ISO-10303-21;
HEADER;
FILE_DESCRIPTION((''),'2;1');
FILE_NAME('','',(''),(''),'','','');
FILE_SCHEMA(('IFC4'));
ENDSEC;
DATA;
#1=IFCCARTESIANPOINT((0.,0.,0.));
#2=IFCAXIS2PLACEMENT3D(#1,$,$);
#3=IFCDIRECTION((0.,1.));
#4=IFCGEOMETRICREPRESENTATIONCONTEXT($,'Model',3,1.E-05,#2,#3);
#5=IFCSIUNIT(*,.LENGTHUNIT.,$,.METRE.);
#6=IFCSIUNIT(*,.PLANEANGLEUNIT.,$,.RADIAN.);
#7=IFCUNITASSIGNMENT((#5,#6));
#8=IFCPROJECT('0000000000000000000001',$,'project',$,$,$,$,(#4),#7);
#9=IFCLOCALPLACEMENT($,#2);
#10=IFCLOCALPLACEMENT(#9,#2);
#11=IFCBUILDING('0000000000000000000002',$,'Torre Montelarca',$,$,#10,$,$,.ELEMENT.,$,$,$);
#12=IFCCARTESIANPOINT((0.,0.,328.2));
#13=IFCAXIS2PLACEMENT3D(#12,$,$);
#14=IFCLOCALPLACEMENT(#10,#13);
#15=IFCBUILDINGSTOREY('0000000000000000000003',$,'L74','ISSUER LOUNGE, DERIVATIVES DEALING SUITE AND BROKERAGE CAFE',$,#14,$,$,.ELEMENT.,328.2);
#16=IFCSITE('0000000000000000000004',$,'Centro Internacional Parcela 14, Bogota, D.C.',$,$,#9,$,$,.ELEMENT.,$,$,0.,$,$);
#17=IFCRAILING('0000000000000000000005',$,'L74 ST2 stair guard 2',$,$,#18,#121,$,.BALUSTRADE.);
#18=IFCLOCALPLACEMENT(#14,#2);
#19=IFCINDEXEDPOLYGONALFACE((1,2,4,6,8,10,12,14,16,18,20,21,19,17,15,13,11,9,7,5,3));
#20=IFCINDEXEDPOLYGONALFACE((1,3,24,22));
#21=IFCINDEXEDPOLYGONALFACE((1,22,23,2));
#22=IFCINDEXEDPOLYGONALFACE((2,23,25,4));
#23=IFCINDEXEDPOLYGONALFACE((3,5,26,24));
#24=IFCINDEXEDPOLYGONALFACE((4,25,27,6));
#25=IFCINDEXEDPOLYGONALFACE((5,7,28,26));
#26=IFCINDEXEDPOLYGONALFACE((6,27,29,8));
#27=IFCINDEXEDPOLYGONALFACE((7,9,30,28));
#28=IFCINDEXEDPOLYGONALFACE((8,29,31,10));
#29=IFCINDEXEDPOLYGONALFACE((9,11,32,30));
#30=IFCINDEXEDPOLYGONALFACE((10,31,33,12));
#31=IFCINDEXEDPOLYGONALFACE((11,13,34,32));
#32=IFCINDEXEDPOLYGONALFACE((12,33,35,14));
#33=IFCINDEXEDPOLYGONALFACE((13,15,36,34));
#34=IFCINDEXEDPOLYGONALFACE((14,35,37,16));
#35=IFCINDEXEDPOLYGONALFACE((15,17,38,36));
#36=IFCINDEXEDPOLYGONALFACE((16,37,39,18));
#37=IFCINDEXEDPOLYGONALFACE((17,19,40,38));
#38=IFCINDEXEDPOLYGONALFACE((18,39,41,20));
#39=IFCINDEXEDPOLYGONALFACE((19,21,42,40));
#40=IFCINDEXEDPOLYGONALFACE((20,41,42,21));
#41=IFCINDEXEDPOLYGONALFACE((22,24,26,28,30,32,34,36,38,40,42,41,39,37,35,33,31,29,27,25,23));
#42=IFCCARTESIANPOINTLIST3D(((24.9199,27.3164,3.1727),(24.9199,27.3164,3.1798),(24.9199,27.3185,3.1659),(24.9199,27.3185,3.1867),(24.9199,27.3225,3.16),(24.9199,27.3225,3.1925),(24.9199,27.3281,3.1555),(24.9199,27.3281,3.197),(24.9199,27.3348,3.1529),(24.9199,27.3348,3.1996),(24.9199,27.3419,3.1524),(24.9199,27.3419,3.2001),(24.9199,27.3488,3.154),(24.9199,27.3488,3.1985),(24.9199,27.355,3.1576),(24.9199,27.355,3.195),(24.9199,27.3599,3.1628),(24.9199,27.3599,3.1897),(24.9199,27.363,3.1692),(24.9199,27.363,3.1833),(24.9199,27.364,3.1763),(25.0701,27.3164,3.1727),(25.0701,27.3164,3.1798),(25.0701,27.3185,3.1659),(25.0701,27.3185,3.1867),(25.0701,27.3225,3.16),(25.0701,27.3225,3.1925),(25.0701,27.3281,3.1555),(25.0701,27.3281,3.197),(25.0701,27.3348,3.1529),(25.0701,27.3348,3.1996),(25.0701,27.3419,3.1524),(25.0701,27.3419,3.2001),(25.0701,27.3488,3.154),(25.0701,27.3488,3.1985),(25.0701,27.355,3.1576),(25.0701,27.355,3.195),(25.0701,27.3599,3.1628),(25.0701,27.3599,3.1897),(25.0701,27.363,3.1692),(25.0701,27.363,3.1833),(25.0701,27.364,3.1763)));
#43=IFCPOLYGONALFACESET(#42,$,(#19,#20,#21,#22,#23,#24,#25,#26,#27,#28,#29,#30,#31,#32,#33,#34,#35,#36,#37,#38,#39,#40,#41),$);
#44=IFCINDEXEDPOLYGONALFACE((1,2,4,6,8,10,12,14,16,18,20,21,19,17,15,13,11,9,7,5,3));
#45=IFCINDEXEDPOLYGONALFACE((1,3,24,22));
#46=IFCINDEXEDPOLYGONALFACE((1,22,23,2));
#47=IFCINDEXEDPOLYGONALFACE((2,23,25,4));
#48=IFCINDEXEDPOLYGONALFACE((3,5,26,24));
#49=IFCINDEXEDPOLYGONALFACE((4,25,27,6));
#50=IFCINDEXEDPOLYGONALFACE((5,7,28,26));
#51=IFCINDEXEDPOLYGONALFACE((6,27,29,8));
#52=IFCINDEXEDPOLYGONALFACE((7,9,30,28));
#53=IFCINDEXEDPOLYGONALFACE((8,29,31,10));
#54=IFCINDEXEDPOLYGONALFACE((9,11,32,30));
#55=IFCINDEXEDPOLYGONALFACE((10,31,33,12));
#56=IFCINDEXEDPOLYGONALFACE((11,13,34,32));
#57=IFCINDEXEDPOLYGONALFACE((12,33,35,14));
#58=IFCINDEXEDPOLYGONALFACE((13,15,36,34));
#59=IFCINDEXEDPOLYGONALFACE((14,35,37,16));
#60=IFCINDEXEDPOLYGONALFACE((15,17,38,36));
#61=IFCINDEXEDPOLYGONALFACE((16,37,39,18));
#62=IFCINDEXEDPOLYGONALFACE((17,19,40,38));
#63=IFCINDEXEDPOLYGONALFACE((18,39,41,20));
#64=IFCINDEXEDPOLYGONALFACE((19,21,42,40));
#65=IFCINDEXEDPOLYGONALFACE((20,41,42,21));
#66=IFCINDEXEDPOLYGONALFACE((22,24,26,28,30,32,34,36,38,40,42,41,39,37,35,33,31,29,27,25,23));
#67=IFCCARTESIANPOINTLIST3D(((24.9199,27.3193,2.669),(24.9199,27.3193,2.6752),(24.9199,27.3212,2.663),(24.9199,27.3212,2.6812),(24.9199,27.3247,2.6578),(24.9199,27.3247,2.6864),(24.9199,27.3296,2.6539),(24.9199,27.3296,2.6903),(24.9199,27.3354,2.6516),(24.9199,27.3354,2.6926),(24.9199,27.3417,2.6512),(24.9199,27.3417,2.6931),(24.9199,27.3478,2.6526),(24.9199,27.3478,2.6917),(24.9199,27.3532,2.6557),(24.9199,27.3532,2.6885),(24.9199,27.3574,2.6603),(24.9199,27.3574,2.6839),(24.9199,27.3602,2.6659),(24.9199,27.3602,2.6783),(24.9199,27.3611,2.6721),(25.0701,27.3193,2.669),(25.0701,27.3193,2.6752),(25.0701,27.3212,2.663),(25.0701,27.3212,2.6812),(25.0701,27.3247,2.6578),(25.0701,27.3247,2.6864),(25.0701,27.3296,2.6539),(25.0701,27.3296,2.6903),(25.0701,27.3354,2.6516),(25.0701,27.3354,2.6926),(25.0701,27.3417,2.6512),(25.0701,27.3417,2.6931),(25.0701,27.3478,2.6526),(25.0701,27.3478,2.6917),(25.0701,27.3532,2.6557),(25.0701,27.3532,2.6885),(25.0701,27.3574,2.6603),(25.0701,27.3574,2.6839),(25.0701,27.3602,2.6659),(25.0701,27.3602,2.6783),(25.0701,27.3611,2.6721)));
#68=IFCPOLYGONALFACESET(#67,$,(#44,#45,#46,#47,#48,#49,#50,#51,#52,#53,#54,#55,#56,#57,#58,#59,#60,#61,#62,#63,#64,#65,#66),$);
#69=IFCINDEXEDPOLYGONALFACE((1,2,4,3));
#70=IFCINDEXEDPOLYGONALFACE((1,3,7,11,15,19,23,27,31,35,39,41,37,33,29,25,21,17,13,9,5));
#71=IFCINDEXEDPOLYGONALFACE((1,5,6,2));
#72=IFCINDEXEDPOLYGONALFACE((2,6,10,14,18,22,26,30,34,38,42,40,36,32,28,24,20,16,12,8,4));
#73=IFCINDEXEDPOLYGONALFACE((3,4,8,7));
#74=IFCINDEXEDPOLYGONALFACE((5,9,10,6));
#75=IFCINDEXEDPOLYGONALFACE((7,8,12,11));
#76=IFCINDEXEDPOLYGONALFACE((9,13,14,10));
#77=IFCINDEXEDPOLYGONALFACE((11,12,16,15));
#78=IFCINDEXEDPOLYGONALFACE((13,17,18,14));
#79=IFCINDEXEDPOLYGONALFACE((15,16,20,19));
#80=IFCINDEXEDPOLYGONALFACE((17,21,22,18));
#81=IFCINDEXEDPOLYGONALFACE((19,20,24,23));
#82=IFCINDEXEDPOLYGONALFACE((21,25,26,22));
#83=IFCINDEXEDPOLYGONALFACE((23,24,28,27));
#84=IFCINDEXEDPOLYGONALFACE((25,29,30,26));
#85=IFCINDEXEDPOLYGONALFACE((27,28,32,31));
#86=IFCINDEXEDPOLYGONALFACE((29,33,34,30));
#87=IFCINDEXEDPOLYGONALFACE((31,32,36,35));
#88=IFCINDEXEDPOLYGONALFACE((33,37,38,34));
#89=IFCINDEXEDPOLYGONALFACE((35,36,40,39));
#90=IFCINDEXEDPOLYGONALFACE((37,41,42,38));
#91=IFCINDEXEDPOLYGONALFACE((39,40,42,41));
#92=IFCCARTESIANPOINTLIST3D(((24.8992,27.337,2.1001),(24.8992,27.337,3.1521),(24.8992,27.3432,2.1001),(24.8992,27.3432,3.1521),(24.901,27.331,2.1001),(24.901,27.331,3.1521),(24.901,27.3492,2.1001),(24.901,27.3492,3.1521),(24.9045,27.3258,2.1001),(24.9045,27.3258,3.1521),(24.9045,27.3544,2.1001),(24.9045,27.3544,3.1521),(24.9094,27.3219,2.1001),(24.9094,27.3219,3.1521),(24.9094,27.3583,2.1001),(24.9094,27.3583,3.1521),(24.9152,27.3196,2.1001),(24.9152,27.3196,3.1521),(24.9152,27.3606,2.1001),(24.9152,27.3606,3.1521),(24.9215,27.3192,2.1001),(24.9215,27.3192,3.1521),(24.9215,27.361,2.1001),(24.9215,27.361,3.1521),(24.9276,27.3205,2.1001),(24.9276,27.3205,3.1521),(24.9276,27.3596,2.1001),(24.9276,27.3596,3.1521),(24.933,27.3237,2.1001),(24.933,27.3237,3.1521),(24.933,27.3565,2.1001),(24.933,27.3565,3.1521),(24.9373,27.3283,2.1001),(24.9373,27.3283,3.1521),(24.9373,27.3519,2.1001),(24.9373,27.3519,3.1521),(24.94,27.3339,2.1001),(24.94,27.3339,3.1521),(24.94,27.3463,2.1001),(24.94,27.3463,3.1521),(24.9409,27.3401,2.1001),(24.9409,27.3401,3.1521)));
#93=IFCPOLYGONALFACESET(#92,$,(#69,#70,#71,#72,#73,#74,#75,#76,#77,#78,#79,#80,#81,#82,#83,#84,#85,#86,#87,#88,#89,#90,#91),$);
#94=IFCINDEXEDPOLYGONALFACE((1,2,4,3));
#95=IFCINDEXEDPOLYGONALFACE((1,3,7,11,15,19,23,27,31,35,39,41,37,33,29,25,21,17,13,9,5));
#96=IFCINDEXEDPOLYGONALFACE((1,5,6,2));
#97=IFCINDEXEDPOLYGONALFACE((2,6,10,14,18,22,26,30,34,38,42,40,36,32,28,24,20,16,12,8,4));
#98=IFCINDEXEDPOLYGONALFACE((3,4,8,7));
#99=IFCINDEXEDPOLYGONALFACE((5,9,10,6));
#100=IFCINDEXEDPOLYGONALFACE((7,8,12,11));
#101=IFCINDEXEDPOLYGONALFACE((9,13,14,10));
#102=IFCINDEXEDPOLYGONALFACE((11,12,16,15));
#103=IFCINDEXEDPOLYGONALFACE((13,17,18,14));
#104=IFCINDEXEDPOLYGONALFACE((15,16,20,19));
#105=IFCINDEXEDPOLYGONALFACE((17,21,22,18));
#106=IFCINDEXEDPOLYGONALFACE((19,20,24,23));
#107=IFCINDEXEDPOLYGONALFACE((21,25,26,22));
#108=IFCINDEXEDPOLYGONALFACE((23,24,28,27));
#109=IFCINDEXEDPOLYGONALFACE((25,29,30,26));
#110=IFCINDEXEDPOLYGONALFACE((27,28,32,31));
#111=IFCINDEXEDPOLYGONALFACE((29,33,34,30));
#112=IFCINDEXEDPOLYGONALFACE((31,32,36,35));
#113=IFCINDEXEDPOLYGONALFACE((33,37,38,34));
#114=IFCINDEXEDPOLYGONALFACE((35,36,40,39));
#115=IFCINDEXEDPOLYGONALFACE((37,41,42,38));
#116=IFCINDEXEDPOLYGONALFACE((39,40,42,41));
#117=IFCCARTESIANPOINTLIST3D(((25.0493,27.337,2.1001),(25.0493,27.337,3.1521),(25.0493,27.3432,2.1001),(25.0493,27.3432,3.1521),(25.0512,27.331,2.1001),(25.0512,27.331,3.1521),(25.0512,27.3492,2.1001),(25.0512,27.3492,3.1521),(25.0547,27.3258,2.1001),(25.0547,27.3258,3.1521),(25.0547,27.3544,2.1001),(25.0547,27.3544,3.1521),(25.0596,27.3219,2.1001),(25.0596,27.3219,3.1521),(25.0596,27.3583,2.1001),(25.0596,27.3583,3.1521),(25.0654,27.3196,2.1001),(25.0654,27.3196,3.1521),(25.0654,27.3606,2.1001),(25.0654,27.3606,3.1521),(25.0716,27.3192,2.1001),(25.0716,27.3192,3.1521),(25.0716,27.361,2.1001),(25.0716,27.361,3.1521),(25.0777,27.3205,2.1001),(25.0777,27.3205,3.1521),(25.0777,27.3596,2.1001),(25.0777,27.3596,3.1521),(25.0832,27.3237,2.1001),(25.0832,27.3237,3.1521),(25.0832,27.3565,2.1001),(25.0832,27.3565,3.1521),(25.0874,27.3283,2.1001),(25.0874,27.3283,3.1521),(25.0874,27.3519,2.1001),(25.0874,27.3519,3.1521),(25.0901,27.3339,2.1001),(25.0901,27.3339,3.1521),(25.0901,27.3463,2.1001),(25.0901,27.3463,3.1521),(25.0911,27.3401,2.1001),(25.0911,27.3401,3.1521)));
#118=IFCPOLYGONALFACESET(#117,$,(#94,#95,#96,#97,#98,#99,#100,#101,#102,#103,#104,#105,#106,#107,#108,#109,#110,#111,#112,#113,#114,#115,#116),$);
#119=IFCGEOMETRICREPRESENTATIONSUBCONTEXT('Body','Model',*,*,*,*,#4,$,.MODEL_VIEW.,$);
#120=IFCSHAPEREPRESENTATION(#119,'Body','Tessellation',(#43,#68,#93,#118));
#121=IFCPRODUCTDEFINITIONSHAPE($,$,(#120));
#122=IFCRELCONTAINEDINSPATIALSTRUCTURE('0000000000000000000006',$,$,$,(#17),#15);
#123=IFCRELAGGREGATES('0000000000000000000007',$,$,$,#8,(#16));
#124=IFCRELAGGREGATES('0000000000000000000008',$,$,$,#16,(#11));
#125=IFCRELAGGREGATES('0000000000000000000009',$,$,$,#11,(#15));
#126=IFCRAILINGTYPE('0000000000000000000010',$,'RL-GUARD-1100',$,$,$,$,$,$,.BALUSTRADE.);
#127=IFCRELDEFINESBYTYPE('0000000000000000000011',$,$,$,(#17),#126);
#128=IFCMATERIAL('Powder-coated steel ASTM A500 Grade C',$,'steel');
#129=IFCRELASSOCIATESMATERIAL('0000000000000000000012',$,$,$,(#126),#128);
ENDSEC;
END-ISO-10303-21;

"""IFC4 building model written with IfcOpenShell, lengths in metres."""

from ifc_helpers import new_model, si_unit, direction, frame, origin, origin_2d, place, context, subcontext, project, spatial, circle, extrude, material, type_object, element, save


model = new_model("IFC4")

# Units and contexts
model_context = context("Model", 3, precision=1e-05, world=origin(), true_north=direction((0.0, 1.0)))
body_context = subcontext(model_context, "Body", "Model", "MODEL_VIEW")
ifc_project = project(units=[si_unit("LENGTHUNIT", "METRE"), si_unit("PLANEANGLEUNIT", "RADIAN")], contexts=[model_context])

# Site, building, storey
site_placement = place(None, origin())
site = spatial("IfcSite", under=ifc_project, at=site_placement, Name="Centro Internacional Parcela 14, Bogota, D.C.", CompositionType="ELEMENT", RefElevation=0.0)
building_placement = place(site_placement, origin())
building = spatial("IfcBuilding", under=site, at=building_placement, Name="Torre Montelarca", CompositionType="ELEMENT")
storey_placement = place(building_placement, frame((0.0, 0.0, 328.2)))
storey = spatial("IfcBuildingStorey", under=building, at=storey_placement, Name="L74", Description="ISSUER LOUNGE, DERIVATIVES DEALING SUITE AND BROKERAGE CAFE", CompositionType="ELEMENT", Elevation=328.2)

# Railing
ifc_material_1 = material(Name="Powder-coated steel ASTM A500 Grade C", Category="steel")
railing_type_1 = type_object("IfcRailingType", Name="RL-GUARD-1100", PredefinedType="BALUSTRADE", material=ifc_material_1)
railing_1_placement = place(storey_placement, frame((24.9199, 27.3401, 2.1001)))
element("IfcRailing", 1, at=railing_1_placement, inside=storey, type_object=railing_type_1, Name="L74 ST2 stair guard 2", PredefinedType="BALUSTRADE", context=body_context, shape_type="SweptSolid", body=[
    extrude(circle(Radius=0.0239, at=origin_2d()), frame((0.0, 0.0, 1.0762), z_axis=(1.0, 0.0, 0.0), x_axis=(0.0, 1.0, 0.0)), (0.0, 0.0, 1.0), 0.1501),
    extrude(circle(Radius=0.021, at=origin_2d()), frame((0.0, 0.0, 0.572), z_axis=(1.0, 0.0, 0.0), x_axis=(0.0, 1.0, 0.0)), (0.0, 0.0, 1.0), 0.1501),
    extrude(circle(Radius=0.021, at=origin_2d()), origin(), (0.0, 0.0, 1.0), 1.052),
    extrude(circle(Radius=0.021, at=origin_2d()), frame((0.1501, 0.0, 0.0)), (0.0, 0.0, 1.0), 1.052),
])

save(model, "model.ifc")
